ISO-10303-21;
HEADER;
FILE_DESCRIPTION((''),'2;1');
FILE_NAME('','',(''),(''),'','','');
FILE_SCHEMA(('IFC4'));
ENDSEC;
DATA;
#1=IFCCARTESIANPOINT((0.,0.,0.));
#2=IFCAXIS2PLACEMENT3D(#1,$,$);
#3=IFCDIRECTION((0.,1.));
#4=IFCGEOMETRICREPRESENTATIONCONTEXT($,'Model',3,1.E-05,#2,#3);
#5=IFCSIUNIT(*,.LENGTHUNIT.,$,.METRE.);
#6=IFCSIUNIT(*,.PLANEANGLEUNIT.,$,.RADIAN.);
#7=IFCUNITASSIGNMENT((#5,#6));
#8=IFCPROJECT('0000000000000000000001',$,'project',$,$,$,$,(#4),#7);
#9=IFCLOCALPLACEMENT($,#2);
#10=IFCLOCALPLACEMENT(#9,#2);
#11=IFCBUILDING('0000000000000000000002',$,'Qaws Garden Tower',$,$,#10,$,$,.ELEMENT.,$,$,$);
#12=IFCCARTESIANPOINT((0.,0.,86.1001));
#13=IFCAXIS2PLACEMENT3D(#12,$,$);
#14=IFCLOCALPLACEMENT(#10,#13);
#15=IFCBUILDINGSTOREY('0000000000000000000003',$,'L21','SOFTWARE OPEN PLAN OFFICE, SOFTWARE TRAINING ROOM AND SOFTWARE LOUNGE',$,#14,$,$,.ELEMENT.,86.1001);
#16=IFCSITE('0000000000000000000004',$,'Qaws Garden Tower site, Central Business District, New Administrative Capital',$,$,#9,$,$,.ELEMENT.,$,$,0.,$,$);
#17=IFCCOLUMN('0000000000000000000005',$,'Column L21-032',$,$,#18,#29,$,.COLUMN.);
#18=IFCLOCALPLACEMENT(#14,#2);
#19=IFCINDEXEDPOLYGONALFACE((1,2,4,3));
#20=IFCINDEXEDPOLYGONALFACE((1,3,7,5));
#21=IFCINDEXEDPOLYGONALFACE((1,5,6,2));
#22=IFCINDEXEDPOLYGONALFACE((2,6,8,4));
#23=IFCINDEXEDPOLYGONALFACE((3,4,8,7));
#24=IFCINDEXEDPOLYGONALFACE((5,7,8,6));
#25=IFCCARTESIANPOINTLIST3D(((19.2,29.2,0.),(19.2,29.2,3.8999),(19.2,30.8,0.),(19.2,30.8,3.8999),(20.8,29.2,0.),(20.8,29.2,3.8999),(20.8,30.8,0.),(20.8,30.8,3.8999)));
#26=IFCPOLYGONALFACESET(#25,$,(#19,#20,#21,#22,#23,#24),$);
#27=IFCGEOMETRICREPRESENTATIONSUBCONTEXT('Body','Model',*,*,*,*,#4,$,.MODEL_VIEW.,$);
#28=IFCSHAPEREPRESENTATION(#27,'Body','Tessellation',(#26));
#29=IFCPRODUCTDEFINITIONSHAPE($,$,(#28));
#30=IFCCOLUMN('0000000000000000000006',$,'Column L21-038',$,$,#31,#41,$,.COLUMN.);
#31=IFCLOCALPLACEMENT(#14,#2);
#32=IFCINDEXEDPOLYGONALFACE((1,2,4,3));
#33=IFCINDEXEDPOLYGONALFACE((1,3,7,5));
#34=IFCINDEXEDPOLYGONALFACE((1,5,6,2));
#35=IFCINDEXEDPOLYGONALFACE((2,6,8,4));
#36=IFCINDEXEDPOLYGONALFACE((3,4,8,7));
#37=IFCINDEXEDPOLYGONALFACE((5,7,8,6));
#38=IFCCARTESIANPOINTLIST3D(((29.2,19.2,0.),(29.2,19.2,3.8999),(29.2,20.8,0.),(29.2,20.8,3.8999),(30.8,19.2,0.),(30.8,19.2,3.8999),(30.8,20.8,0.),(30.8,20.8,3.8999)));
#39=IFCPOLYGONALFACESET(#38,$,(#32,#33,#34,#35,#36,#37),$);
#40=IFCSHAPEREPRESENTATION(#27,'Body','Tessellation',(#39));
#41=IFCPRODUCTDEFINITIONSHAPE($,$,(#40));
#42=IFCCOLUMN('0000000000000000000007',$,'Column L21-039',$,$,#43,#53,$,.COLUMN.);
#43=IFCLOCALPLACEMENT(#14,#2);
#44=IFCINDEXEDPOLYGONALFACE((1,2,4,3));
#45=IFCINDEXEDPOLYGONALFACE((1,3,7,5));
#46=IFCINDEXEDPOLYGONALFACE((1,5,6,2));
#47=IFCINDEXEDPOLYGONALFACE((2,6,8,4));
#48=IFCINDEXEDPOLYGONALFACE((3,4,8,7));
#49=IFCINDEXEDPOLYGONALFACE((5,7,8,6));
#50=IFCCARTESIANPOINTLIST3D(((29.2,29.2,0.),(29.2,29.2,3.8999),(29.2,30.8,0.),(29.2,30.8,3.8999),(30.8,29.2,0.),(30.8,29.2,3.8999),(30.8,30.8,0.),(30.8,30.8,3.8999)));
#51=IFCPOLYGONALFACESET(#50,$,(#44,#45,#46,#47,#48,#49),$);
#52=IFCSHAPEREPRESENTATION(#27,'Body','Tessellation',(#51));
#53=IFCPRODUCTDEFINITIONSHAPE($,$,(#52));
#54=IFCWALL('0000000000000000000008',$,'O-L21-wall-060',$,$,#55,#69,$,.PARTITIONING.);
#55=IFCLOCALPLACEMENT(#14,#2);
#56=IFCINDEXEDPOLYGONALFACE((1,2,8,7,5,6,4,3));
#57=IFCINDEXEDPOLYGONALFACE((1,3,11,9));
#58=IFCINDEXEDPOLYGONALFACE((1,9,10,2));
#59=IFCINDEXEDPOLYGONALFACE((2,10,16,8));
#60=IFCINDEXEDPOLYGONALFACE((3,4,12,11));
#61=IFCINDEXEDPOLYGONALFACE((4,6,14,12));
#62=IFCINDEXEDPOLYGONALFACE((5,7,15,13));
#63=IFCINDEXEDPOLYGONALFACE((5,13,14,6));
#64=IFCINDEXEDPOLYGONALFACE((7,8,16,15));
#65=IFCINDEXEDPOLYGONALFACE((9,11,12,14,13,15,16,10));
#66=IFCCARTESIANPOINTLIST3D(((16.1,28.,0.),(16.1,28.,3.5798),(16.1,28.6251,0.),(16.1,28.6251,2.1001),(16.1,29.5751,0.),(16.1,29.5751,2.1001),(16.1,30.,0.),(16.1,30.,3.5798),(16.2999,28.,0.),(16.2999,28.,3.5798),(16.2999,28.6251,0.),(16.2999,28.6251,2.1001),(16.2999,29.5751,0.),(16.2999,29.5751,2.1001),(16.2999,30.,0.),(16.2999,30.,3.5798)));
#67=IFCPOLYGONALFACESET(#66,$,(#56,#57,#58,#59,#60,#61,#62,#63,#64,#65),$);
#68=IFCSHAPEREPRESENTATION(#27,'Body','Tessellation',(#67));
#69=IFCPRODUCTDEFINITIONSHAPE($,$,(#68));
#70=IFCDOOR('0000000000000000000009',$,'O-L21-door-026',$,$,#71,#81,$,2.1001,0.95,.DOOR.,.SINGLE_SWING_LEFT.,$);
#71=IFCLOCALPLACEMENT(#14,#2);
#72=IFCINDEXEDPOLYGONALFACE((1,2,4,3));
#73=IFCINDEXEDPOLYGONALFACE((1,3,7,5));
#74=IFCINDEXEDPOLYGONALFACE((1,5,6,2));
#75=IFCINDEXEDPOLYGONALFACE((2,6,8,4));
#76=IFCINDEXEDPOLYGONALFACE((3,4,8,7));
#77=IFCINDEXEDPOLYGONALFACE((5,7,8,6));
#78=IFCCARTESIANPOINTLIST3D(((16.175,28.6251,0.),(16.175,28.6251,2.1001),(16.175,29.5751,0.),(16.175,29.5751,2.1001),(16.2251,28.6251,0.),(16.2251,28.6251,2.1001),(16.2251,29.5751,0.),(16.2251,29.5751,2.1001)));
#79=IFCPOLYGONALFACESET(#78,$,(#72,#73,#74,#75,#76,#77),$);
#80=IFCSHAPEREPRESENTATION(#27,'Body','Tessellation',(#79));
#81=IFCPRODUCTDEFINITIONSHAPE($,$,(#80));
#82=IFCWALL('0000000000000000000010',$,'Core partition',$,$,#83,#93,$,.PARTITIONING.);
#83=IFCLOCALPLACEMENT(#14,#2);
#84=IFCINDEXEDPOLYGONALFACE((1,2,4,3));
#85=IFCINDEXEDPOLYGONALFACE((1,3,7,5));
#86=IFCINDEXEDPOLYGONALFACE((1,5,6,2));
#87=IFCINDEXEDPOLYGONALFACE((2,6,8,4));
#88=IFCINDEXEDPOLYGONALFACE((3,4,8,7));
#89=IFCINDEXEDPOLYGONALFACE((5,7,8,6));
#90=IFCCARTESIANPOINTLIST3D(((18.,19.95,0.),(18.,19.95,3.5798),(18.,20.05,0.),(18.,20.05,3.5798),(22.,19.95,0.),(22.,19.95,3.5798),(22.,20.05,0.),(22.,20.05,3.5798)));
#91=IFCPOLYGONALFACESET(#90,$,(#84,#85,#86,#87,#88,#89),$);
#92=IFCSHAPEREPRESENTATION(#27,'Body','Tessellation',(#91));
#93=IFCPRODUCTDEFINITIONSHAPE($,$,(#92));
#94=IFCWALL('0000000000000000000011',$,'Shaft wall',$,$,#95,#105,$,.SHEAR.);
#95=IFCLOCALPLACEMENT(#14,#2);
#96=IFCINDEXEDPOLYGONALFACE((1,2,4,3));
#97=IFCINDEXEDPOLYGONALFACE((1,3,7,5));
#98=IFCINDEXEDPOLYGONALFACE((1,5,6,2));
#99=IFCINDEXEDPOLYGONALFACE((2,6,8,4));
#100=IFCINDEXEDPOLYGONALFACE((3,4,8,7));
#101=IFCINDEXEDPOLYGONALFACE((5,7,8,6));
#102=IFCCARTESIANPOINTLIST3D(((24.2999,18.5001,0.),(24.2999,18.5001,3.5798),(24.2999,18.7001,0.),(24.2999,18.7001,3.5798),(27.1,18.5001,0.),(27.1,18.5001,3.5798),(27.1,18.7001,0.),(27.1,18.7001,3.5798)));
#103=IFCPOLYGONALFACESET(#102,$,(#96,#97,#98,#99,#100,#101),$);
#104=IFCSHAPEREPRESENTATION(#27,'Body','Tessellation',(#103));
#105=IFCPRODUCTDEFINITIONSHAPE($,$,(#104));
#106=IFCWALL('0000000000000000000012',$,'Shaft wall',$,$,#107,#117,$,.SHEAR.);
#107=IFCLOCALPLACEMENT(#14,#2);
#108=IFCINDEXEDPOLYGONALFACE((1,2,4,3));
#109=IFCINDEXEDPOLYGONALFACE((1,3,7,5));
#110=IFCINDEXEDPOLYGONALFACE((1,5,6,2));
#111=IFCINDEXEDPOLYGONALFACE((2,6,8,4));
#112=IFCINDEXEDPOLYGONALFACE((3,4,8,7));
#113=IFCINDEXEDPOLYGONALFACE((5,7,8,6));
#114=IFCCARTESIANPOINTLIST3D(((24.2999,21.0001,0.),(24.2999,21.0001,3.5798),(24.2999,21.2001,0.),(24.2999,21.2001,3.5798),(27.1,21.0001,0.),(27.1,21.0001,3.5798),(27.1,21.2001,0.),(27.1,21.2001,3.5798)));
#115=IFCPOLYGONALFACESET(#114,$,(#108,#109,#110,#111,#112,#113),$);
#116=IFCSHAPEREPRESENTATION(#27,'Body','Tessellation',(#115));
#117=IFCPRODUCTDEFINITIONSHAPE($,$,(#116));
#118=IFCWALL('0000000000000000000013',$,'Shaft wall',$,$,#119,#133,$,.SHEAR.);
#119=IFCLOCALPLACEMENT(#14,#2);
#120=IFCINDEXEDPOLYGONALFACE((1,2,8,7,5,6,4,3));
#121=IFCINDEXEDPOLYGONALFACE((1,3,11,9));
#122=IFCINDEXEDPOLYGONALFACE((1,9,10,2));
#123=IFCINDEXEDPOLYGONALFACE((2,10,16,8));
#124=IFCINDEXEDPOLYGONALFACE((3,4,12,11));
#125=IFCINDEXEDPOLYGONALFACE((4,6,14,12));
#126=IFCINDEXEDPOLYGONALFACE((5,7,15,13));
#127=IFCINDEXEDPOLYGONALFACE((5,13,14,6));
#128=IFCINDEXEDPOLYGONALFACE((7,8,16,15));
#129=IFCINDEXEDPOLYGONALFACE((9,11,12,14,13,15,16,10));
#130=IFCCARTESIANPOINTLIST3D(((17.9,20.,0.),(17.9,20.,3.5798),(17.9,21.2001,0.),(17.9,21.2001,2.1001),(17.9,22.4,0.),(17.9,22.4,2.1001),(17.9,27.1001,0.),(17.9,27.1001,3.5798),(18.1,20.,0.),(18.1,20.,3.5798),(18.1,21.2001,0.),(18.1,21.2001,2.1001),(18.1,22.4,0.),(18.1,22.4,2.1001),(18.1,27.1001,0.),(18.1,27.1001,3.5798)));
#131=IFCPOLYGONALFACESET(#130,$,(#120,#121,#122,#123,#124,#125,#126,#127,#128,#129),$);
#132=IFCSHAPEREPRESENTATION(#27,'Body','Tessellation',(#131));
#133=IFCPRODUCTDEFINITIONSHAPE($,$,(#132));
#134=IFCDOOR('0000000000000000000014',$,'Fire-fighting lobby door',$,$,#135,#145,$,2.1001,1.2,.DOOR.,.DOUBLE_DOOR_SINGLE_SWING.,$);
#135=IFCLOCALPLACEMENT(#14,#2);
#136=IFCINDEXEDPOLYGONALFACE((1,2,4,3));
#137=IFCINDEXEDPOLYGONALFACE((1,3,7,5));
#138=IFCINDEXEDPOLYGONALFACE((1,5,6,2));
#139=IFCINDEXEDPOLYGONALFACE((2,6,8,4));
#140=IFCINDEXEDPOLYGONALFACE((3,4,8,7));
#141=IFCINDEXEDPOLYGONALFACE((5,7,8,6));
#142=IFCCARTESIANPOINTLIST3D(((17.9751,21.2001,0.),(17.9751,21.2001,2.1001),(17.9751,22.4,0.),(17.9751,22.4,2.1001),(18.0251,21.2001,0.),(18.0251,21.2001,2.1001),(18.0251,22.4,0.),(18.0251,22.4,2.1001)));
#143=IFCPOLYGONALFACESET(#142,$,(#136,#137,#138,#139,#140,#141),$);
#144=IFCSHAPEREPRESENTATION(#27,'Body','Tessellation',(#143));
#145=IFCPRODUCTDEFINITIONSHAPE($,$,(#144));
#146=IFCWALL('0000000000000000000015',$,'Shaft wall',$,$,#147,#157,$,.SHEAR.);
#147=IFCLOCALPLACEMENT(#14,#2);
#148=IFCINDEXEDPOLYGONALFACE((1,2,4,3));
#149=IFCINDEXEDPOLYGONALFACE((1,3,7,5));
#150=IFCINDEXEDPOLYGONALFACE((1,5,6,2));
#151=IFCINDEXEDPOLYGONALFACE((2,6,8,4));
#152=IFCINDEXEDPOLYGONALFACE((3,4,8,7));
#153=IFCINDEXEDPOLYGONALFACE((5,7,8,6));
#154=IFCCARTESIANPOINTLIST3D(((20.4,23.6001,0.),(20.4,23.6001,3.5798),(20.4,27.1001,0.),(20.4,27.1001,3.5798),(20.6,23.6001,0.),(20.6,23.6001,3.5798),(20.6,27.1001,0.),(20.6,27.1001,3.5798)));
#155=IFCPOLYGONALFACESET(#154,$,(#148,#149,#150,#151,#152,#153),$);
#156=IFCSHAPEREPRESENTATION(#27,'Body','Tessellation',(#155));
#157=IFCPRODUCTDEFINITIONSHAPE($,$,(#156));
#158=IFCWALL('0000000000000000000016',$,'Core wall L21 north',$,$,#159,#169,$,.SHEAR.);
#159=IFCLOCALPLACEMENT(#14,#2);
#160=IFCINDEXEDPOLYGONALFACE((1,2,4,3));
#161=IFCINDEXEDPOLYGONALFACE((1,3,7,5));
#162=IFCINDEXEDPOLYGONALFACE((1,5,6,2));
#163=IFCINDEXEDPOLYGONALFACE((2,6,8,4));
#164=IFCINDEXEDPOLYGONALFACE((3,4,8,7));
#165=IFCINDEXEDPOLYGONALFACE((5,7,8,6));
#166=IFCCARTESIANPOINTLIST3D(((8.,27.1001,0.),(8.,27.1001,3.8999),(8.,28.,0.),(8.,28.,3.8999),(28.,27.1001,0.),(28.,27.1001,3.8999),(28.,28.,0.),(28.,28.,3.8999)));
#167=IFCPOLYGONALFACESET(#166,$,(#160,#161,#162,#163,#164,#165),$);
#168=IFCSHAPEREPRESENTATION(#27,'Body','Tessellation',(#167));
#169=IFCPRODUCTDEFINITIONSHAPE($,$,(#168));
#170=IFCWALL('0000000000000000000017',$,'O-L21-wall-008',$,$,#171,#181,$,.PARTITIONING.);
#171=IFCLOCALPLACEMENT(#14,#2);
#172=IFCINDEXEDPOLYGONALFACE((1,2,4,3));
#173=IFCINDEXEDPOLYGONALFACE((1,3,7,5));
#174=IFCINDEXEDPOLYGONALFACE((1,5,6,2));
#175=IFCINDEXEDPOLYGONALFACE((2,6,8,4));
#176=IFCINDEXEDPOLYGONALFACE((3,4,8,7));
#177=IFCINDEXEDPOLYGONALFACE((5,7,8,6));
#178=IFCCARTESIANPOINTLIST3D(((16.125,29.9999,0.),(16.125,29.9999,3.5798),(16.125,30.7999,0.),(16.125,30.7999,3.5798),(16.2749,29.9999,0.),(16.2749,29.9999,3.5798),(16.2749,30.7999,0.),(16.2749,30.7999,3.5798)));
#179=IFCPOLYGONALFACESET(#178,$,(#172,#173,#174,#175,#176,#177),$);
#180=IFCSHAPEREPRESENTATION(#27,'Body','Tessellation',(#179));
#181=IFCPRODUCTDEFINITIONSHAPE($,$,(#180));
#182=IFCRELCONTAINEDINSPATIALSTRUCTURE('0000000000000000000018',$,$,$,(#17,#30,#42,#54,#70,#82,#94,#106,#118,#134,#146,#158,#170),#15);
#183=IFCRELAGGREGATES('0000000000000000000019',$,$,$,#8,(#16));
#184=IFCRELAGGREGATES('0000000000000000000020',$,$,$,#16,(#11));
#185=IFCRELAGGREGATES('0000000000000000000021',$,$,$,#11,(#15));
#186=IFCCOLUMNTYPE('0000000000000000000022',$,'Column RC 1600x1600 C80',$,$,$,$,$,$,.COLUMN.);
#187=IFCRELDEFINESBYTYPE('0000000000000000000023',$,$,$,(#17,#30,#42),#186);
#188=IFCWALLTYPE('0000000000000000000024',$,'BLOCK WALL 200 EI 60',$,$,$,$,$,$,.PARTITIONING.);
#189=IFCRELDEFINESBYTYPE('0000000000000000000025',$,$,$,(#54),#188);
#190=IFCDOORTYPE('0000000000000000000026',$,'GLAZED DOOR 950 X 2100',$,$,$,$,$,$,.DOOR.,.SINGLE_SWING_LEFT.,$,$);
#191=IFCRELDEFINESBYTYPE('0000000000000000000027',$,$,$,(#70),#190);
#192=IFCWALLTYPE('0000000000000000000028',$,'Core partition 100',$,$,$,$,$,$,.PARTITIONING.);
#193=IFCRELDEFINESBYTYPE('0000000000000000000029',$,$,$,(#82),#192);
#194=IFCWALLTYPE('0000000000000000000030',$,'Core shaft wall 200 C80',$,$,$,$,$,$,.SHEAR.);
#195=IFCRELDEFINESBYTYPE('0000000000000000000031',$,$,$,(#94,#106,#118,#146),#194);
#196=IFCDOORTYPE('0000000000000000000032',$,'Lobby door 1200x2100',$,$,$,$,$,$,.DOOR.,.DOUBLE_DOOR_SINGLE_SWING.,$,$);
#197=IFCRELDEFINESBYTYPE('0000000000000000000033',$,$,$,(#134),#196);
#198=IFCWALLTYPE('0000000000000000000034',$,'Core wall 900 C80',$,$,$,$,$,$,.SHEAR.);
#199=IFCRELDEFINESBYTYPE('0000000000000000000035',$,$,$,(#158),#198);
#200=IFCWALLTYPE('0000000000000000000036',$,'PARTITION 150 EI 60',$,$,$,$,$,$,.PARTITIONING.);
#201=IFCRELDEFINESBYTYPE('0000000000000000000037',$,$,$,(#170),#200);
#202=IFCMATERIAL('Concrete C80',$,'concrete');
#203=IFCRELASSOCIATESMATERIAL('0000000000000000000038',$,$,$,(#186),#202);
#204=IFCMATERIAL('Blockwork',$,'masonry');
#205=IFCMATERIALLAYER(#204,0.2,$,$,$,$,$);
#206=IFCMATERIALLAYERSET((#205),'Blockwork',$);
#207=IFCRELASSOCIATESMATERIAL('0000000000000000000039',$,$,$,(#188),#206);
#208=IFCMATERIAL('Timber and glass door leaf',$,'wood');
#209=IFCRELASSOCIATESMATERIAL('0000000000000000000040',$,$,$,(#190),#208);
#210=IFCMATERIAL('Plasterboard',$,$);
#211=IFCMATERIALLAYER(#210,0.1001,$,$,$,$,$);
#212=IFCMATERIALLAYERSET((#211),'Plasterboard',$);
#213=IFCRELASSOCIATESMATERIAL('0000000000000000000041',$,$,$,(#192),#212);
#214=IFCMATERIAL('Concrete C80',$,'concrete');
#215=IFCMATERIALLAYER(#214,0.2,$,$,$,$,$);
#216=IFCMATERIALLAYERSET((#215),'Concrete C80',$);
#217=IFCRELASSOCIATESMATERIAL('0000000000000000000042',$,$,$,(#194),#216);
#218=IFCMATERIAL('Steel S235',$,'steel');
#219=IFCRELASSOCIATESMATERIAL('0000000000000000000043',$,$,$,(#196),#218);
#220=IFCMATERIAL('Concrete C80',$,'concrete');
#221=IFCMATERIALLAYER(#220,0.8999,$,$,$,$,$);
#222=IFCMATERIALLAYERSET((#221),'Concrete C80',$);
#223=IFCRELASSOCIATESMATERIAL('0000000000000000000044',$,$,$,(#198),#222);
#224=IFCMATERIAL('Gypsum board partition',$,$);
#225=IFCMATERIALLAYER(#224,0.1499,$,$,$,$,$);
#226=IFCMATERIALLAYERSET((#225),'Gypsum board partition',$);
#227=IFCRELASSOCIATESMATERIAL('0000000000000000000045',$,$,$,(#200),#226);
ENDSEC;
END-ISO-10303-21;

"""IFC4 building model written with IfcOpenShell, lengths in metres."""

from ifc_helpers import new_model, si_unit, direction, frame, frame_2d, origin, origin_2d, place, context, subcontext, project, spatial, rectangle, extrude, material, layer, layer_set, material_profile, profile_set, type_object, element, fill, save


model = new_model("IFC4")

# Units and contexts
model_context = context("Model", 3, precision=1e-05, world=origin(), true_north=direction((0.0, 1.0)))
body_context = subcontext(model_context, "Body", "Model", "MODEL_VIEW")
ifc_project = project(units=[si_unit("LENGTHUNIT", "METRE"), si_unit("PLANEANGLEUNIT", "RADIAN")], contexts=[model_context])

# Site, building, storey
site_placement = place(None, origin())
site = spatial("IfcSite", under=ifc_project, at=site_placement, Name="Qaws Garden Tower site, Central Business District, New Administrative Capital", CompositionType="ELEMENT", RefElevation=0.0)
building_placement = place(site_placement, origin())
building = spatial("IfcBuilding", under=site, at=building_placement, Name="Qaws Garden Tower", CompositionType="ELEMENT")
storey_placement = place(building_placement, frame((0.0, 0.0, 86.1001)))
storey = spatial("IfcBuildingStorey", under=building, at=storey_placement, Name="L21", Description="SOFTWARE OPEN PLAN OFFICE, SOFTWARE TRAINING ROOM AND SOFTWARE LOUNGE", CompositionType="ELEMENT", Elevation=86.1001)

# Columns
ifc_material_1 = material(Name="Concrete C80", Category="concrete")
ifc_material_profile = material_profile(ifc_material_1, rectangle(XDim=1.6001, YDim=1.6001, at=origin_2d()), Name="RC 1600x1600")
ifc_profile_set = profile_set([ifc_material_profile], Name="Concrete C80")
column_type = type_object("IfcColumnType", Name="Column RC 1600x1600 C80", PredefinedType="COLUMN", material=ifc_profile_set)
for number, where, z_axis, x_axis, name in (
    (1, (20.0, 30.0, 0.0), (0.0, 0.0, 1.0), (1.0, 0.0, 0.0), "Column L21-032"),
    (2, (30.0, 20.0, 0.0), (0.0, 0.0, 1.0), (1.0, 0.0, 0.0), "Column L21-038"),
    (3, (30.0, 30.0, 0.0), (0.0, 0.0, 1.0), (1.0, 0.0, 0.0), "Column L21-039"),
):
    element("IfcColumn", number, at=place(storey_placement, frame(where, z_axis=z_axis, x_axis=x_axis)), inside=storey, type_object=column_type, Name=name, PredefinedType="COLUMN", context=body_context, shape_type="SweptSolid", body=[
        extrude(rectangle(XDim=1.6001, YDim=1.6001, at=origin_2d()), origin(), (0.0, 0.0, 1.0), 3.8999),
    ])

# Wall, opening, door
ifc_material_2 = material(Name="Blockwork", Category="masonry")
ifc_layer_1 = layer(ifc_material_2, 0.2)
ifc_layer_set_1 = layer_set([ifc_layer_1], Name="Blockwork")
wall_type_1 = type_object("IfcWallType", Name="BLOCK WALL 200 EI 60", PredefinedType="PARTITIONING", material=ifc_layer_set_1)
wall_1_placement = place(storey_placement, frame((16.2, 28.0, 0.0), z_axis=(0.0, 0.0, 1.0), x_axis=(0.0, 1.0, 0.0)))
wall_1 = element("IfcWall", 4, at=wall_1_placement, inside=storey, type_object=wall_type_1, Name="O-L21-wall-060", PredefinedType="PARTITIONING", context=body_context, shape_type="SweptSolid", body=[
    extrude(rectangle(XDim=2.0, YDim=0.2, at=frame_2d((1.0, 0.0))), origin(), (0.0, 0.0, 1.0), 3.5798),
])
opening_1_placement = place(wall_1_placement, frame((0.625, 0.0, 0.0)))
opening_1 = element("IfcOpeningElement", 5, at=opening_1_placement, cuts=wall_1, PredefinedType="OPENING", context=body_context, shape_type="SweptSolid", body=[
    extrude(rectangle(XDim=0.95, YDim=2.1001, at=frame_2d((0.4751, 1.05))), frame((0.0, 0.1099, 0.0), z_axis=(0.0, -1.0, 0.0), x_axis=(1.0, 0.0, 0.0)), (0.0, 0.0, 1.0), 0.22),
])
ifc_material_3 = material(Name="Timber and glass door leaf", Category="wood")
door_type_1 = type_object("IfcDoorType", Name="GLAZED DOOR 950 X 2100", OperationType="SINGLE_SWING_LEFT", PredefinedType="DOOR", material=ifc_material_3)
door_1_placement = place(opening_1_placement, origin())
door_1 = element("IfcDoor", 6, at=door_1_placement, inside=storey, type_object=door_type_1, Name="O-L21-door-026", OperationType="SINGLE_SWING_LEFT", OverallHeight=2.1001, OverallWidth=0.95, PredefinedType="DOOR", context=body_context, shape_type="SweptSolid", body=[
    extrude(rectangle(XDim=0.95, YDim=2.1001, at=frame_2d((0.4751, 1.05))), frame((0.0, 0.0249, 0.0), z_axis=(0.0, -1.0, 0.0), x_axis=(1.0, 0.0, 0.0)), (0.0, 0.0, 1.0), 0.05),
])
fill(opening_1, door_1)

# Walls
ifc_material_4 = material(Name="Plasterboard")
ifc_layer_2 = layer(ifc_material_4, 0.1001)
ifc_layer_set_2 = layer_set([ifc_layer_2], Name="Plasterboard")
wall_type_2 = type_object("IfcWallType", Name="Core partition 100", PredefinedType="PARTITIONING", material=ifc_layer_set_2)
wall_2_placement = place(storey_placement, frame((18.0, 20.0, 0.0), z_axis=(0.0, 0.0, 1.0), x_axis=(1.0, 0.0, 0.0)))
element("IfcWall", 7, at=wall_2_placement, inside=storey, type_object=wall_type_2, Name="Core partition", PredefinedType="PARTITIONING", context=body_context, shape_type="SweptSolid", body=[
    extrude(rectangle(XDim=4.0, YDim=0.1001, at=frame_2d((2.0, 0.0))), origin(), (0.0, 0.0, 1.0), 3.5798),
])
ifc_material_5 = material(Name="Concrete C80", Category="concrete")
ifc_layer_3 = layer(ifc_material_5, 0.2)
ifc_layer_set_3 = layer_set([ifc_layer_3], Name="Concrete C80")
wall_type_3 = type_object("IfcWallType", Name="Core shaft wall 200 C80", PredefinedType="SHEAR", material=ifc_layer_set_3)
for number, where, z_axis, x_axis, name in (
    (8, (24.3, 18.6001, 0.0), (0.0, 0.0, 1.0), (1.0, 0.0, 0.0), "Shaft wall"),
    (9, (24.3, 21.1001, 0.0), (0.0, 0.0, 1.0), (1.0, 0.0, 0.0), "Shaft wall"),
):
    element("IfcWall", number, at=place(storey_placement, frame(where, z_axis=z_axis, x_axis=x_axis)), inside=storey, type_object=wall_type_3, Name=name, PredefinedType="SHEAR", context=body_context, shape_type="SweptSolid", body=[
        extrude(rectangle(XDim=2.8, YDim=0.2, at=frame_2d((1.3999, 0.0))), origin(), (0.0, 0.0, 1.0), 3.5798),
    ])

# Wall, opening, door
wall_3_placement = place(storey_placement, frame((18.0, 20.0, 0.0), z_axis=(0.0, 0.0, 1.0), x_axis=(0.0, 1.0, 0.0)))
wall_3 = element("IfcWall", 10, at=wall_3_placement, inside=storey, type_object=wall_type_3, Name="Shaft wall", PredefinedType="SHEAR", context=body_context, shape_type="SweptSolid", body=[
    extrude(rectangle(XDim=7.1001, YDim=0.2, at=frame_2d((3.55, 0.0))), origin(), (0.0, 0.0, 1.0), 3.5798),
])
opening_2_placement = place(wall_3_placement, frame((1.2, 0.0, 0.0)))
opening_2 = element("IfcOpeningElement", 11, at=opening_2_placement, cuts=wall_3, PredefinedType="OPENING", context=body_context, shape_type="SweptSolid", body=[
    extrude(rectangle(XDim=1.2, YDim=2.1001, at=frame_2d((0.6001, 1.05))), frame((0.0, 0.1099, 0.0), z_axis=(0.0, -1.0, 0.0), x_axis=(1.0, 0.0, 0.0)), (0.0, 0.0, 1.0), 0.22),
])
ifc_material_6 = material(Name="Steel S235", Category="steel")
door_type_2 = type_object("IfcDoorType", Name="Lobby door 1200x2100", OperationType="DOUBLE_DOOR_SINGLE_SWING", PredefinedType="DOOR", material=ifc_material_6)
door_2_placement = place(opening_2_placement, origin())
door_2 = element("IfcDoor", 12, at=door_2_placement, inside=storey, type_object=door_type_2, Name="Fire-fighting lobby door", OperationType="DOUBLE_DOOR_SINGLE_SWING", OverallHeight=2.1001, OverallWidth=1.2, PredefinedType="DOOR", context=body_context, shape_type="SweptSolid", body=[
    extrude(rectangle(XDim=1.2, YDim=2.1001, at=frame_2d((0.6001, 1.05))), frame((0.0, 0.0249, 0.0), z_axis=(0.0, -1.0, 0.0), x_axis=(1.0, 0.0, 0.0)), (0.0, 0.0, 1.0), 0.05),
])
fill(opening_2, door_2)

# Walls
wall_4_placement = place(storey_placement, frame((20.5, 23.6001, 0.0), z_axis=(0.0, 0.0, 1.0), x_axis=(0.0, 1.0, 0.0)))
element("IfcWall", 13, at=wall_4_placement, inside=storey, type_object=wall_type_3, Name="Shaft wall", PredefinedType="SHEAR", context=body_context, shape_type="SweptSolid", body=[
    extrude(rectangle(XDim=3.5, YDim=0.2, at=frame_2d((1.75, 0.0))), origin(), (0.0, 0.0, 1.0), 3.5798),
])
ifc_material_7 = material(Name="Concrete C80", Category="concrete")
ifc_layer_4 = layer(ifc_material_7, 0.8999)
ifc_layer_set_4 = layer_set([ifc_layer_4], Name="Concrete C80")
wall_type_4 = type_object("IfcWallType", Name="Core wall 900 C80", PredefinedType="SHEAR", material=ifc_layer_set_4)
wall_5_placement = place(storey_placement, frame((28.0, 27.55, 0.0), z_axis=(0.0, 0.0, 1.0), x_axis=(-1.0, 0.0, 0.0)))
element("IfcWall", 14, at=wall_5_placement, inside=storey, type_object=wall_type_4, Name="Core wall L21 north", PredefinedType="SHEAR", context=body_context, shape_type="SweptSolid", body=[
    extrude(rectangle(XDim=20.0, YDim=0.8999, at=frame_2d((10.0, 0.0))), origin(), (0.0, 0.0, 1.0), 3.8999),
])
ifc_material_8 = material(Name="Gypsum board partition")
ifc_layer_5 = layer(ifc_material_8, 0.1499)
ifc_layer_set_5 = layer_set([ifc_layer_5], Name="Gypsum board partition")
wall_type_5 = type_object("IfcWallType", Name="PARTITION 150 EI 60", PredefinedType="PARTITIONING", material=ifc_layer_set_5)
wall_6_placement = place(storey_placement, frame((16.2, 30.0, 0.0), z_axis=(0.0, 0.0, 1.0), x_axis=(0.0, 1.0, 0.0)))
element("IfcWall", 15, at=wall_6_placement, inside=storey, type_object=wall_type_5, Name="O-L21-wall-008", PredefinedType="PARTITIONING", context=body_context, shape_type="SweptSolid", body=[
    extrude(rectangle(XDim=0.8, YDim=0.1499, at=frame_2d((0.3999, 0.0))), origin(), (0.0, 0.0, 1.0), 3.5798),
])

save(model, "model.ifc")
